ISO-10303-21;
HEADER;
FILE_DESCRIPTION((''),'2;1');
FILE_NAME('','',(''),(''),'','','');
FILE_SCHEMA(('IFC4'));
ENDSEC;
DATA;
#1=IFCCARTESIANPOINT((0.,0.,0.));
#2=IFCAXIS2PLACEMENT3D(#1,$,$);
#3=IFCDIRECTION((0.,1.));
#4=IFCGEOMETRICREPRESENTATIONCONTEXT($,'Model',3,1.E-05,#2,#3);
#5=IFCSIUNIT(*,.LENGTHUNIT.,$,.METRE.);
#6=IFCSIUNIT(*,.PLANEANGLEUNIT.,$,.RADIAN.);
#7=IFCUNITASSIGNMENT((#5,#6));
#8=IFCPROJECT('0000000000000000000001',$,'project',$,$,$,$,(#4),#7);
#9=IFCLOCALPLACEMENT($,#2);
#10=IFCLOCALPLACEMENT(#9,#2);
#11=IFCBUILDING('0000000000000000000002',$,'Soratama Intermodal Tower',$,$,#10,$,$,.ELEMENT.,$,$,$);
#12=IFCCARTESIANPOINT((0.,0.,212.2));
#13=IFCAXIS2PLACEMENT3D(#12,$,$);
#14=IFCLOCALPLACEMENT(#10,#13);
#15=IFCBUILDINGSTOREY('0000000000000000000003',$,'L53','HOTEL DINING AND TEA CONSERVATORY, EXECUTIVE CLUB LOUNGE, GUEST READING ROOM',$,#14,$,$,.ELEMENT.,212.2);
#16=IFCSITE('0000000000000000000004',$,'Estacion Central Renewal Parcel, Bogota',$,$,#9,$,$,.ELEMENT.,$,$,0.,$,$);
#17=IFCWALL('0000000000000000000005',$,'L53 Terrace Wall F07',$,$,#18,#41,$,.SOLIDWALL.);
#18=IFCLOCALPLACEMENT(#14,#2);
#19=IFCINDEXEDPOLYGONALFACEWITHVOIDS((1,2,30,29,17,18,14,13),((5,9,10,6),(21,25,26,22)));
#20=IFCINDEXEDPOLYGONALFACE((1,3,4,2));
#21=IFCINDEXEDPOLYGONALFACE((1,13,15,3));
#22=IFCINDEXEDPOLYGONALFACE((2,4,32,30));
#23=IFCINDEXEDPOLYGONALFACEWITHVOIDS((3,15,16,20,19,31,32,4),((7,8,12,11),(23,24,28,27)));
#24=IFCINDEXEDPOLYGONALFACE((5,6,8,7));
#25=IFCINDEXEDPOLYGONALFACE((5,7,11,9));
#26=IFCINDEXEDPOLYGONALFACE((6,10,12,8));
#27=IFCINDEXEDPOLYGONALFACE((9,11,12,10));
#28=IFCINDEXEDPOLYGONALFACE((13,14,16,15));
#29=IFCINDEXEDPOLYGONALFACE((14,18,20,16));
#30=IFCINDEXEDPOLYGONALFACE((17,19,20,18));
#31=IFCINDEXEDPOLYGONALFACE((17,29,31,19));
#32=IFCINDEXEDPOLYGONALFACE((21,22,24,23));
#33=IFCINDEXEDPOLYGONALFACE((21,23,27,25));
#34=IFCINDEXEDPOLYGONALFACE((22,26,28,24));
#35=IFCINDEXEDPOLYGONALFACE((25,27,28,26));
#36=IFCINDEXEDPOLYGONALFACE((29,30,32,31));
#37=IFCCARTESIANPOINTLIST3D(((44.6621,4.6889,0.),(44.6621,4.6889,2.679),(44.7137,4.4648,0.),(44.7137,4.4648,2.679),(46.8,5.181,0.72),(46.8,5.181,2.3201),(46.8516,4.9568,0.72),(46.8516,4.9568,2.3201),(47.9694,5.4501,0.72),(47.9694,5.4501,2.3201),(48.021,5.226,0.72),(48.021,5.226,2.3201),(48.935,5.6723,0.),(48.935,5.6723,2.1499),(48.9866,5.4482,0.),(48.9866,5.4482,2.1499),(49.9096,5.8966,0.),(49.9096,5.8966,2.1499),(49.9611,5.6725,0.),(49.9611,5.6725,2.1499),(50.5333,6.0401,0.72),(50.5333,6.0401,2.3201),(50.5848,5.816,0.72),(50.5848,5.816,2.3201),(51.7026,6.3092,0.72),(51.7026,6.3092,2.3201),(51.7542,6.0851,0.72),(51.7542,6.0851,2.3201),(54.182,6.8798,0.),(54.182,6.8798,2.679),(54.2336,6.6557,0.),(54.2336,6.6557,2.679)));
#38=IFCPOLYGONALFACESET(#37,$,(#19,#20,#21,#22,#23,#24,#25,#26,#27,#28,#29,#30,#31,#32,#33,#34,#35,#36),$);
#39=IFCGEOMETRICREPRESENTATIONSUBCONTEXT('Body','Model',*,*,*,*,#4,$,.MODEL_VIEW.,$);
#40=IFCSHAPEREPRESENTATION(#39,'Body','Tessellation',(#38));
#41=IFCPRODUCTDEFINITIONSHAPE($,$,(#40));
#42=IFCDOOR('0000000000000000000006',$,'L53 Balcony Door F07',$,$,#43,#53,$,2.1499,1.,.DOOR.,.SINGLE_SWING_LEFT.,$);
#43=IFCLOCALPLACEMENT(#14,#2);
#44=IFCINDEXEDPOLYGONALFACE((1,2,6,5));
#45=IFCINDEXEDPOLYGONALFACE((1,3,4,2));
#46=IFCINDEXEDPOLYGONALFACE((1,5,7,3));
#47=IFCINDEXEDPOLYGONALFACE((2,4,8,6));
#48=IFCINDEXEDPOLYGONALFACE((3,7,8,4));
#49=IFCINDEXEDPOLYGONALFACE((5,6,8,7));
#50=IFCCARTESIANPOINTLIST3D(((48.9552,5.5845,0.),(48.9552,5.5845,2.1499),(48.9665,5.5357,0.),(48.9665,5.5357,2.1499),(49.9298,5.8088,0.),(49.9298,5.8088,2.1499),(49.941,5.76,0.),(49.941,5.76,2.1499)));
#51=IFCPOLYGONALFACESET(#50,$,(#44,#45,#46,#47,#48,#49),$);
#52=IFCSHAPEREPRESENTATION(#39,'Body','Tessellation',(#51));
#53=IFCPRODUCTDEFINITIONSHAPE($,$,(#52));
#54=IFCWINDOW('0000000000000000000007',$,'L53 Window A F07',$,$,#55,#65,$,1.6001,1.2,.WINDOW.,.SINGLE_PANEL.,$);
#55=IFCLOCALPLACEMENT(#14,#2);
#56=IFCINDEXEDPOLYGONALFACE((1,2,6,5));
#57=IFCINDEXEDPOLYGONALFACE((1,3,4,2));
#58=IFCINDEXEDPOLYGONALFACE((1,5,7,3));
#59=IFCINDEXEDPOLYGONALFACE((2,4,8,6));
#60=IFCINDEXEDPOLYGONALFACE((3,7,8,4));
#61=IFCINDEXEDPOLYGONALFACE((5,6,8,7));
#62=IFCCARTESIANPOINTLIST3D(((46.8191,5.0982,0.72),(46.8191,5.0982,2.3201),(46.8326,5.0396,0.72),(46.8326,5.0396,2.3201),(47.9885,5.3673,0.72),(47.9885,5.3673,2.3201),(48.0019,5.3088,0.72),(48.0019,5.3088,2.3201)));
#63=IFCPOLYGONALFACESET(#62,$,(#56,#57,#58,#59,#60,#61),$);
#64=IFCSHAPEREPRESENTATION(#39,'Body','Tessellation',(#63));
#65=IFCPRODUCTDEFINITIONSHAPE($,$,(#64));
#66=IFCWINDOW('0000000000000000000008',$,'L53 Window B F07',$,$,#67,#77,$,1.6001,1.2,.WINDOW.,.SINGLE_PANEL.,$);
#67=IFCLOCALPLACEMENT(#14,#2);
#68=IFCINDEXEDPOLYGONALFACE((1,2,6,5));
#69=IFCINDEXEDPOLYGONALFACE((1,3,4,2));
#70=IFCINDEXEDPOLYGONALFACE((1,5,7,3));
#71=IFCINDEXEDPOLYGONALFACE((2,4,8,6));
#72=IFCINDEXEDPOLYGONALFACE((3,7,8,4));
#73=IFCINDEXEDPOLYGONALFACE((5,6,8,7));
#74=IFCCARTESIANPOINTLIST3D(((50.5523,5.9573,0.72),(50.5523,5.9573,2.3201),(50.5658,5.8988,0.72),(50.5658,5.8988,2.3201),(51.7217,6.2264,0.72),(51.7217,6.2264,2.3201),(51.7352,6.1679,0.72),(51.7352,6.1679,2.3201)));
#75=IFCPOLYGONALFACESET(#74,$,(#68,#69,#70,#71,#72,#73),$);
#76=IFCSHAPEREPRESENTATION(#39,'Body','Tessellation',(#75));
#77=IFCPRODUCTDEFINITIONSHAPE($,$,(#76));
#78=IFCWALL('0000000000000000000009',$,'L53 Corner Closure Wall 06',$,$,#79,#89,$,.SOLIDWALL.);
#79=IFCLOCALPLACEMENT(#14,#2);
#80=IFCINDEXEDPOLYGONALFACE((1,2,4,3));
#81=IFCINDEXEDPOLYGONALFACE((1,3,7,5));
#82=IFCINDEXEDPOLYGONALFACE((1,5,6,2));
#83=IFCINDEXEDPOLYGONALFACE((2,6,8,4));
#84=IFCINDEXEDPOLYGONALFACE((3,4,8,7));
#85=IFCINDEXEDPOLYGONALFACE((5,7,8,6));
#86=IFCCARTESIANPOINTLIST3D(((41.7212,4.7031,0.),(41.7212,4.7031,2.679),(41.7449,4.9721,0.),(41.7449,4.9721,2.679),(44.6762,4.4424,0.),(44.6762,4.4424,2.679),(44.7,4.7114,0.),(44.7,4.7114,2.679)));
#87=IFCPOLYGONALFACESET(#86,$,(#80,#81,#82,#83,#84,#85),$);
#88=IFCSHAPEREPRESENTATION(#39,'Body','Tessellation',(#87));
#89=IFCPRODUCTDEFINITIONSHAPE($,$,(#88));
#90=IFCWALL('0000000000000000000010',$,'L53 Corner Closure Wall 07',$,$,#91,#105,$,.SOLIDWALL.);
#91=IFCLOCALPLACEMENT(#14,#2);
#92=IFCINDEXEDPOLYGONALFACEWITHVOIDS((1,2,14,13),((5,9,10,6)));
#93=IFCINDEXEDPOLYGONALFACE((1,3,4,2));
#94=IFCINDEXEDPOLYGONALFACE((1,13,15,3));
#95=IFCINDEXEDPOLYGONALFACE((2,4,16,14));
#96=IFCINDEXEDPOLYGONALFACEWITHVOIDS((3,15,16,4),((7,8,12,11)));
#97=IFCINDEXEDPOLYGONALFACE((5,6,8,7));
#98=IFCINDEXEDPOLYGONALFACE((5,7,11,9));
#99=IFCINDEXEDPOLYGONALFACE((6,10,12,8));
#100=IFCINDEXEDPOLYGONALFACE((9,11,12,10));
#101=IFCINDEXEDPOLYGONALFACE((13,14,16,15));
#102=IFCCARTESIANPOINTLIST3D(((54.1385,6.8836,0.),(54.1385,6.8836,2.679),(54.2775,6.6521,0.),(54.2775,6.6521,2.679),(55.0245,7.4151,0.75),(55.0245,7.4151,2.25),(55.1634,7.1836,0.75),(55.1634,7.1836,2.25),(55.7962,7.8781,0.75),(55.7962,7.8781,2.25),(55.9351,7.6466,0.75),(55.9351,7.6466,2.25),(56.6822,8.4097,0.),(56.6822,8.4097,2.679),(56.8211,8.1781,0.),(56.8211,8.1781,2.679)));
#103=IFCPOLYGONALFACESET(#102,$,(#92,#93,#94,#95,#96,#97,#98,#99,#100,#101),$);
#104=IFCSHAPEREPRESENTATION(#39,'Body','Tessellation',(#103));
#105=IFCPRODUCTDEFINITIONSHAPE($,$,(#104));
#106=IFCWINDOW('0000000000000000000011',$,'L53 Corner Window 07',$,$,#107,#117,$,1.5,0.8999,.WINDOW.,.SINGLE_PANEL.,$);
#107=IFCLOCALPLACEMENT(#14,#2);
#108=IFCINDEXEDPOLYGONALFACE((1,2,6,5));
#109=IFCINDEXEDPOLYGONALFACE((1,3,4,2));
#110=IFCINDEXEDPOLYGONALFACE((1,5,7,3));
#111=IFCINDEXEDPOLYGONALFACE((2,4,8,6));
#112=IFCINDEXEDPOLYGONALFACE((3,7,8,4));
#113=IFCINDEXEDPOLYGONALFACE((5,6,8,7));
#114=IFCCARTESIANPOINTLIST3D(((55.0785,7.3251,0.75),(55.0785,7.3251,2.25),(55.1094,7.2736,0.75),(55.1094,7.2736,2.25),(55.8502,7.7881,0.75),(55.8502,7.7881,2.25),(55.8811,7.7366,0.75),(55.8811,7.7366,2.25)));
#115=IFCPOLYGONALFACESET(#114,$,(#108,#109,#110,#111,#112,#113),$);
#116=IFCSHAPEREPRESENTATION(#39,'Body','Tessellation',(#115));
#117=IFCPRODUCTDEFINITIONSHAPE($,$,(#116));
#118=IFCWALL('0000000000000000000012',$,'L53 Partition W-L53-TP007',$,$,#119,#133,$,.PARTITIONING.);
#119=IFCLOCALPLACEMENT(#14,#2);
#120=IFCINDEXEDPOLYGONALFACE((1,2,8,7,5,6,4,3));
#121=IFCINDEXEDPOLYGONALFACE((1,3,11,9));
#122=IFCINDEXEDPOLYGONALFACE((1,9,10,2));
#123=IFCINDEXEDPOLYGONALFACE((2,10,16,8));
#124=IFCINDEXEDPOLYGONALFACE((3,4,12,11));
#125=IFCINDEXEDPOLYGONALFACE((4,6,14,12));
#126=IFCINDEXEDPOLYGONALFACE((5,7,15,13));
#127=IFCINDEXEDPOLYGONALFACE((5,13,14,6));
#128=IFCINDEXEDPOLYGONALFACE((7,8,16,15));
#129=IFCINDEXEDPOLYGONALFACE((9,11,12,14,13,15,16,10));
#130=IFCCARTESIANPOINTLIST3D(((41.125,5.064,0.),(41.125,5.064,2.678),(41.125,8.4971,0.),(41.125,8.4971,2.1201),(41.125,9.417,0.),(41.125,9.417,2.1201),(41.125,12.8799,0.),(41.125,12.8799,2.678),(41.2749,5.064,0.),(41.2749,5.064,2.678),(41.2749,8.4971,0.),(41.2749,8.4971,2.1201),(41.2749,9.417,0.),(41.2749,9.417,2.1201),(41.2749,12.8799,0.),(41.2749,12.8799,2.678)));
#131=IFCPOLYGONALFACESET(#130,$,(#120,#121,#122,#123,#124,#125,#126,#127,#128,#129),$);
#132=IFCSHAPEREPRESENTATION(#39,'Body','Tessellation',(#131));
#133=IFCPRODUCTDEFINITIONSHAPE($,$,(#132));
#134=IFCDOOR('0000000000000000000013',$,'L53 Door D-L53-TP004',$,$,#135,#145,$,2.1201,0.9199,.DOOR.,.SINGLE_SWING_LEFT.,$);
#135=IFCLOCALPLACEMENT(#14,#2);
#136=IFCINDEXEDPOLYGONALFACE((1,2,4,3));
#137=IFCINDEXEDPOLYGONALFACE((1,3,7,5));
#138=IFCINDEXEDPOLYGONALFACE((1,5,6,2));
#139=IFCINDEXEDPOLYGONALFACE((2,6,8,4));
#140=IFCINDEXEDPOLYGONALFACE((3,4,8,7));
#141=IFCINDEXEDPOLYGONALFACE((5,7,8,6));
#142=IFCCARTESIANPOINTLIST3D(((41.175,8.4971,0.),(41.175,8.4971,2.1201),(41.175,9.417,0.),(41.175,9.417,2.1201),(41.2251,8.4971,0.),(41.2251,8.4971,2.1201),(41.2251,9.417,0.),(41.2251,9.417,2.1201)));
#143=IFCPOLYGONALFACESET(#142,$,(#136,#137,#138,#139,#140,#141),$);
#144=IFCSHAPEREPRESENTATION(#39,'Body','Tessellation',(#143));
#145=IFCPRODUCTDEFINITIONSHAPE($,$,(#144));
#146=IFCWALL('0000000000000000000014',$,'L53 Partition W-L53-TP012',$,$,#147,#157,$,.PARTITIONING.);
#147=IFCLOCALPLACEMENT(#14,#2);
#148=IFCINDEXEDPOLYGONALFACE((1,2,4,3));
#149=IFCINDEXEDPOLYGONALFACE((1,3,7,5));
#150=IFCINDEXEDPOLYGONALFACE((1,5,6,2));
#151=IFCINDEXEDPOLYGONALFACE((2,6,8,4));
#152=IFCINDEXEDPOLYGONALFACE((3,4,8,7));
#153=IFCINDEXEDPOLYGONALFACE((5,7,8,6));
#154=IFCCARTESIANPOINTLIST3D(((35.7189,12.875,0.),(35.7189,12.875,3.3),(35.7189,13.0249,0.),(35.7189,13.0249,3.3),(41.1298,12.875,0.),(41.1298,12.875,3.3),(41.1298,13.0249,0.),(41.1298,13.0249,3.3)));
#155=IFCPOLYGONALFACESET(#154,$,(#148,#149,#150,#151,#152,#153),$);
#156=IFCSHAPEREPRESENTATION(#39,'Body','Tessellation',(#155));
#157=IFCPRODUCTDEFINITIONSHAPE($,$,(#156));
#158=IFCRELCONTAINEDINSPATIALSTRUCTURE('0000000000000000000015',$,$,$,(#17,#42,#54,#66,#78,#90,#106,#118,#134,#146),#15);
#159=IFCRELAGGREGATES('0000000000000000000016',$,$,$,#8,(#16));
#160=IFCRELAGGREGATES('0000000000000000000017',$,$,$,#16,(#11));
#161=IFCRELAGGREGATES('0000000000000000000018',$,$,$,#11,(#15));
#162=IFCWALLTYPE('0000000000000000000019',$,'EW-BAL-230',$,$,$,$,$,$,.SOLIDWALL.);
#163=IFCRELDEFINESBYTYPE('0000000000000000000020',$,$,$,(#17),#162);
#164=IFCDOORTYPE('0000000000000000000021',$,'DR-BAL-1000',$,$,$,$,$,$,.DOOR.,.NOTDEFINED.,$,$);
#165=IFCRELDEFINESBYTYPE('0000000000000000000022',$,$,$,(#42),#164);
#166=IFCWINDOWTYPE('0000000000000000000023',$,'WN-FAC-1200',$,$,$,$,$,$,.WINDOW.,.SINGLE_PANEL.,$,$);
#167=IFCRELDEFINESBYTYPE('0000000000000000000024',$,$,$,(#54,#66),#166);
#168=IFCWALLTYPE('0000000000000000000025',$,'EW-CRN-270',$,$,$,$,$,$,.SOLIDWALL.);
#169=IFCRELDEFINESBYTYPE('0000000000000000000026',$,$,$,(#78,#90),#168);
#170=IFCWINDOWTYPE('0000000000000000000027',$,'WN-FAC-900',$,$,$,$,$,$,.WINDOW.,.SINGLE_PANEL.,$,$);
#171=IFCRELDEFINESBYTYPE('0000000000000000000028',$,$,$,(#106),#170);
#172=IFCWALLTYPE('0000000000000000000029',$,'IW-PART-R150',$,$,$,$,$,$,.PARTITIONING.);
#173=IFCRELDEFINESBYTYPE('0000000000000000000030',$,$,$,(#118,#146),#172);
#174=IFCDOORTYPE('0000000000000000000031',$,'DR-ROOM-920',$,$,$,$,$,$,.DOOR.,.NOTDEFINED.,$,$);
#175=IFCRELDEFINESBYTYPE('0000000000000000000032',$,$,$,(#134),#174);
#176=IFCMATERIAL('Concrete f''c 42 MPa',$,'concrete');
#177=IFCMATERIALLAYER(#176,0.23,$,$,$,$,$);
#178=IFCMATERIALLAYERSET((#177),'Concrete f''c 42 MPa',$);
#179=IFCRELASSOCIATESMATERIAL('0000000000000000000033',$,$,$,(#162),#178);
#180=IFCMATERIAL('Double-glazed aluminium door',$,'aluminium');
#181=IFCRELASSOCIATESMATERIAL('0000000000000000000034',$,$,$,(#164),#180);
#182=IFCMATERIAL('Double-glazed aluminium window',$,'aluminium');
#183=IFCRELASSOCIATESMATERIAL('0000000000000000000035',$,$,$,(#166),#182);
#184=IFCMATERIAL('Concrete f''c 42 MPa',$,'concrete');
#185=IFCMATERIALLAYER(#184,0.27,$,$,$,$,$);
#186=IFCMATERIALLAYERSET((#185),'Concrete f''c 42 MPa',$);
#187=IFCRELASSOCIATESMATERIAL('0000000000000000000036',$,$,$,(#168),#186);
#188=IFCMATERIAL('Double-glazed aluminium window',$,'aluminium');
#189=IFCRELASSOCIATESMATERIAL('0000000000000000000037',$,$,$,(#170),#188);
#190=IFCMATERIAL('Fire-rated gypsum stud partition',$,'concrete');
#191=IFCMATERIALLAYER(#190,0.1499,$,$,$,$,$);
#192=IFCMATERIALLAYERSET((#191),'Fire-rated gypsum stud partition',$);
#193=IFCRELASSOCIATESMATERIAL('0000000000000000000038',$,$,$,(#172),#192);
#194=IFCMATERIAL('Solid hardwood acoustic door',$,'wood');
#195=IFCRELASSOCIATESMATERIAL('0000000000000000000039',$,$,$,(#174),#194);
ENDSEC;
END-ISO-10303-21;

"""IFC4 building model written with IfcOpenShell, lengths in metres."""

from ifc_helpers import new_model, si_unit, direction, frame, frame_2d, origin, place, context, subcontext, project, spatial, rectangle, extrude, material, layer, layer_set, type_object, element, fill, save


model = new_model("IFC4")

# Units and contexts
model_context = context("Model", 3, precision=1e-05, world=origin(), true_north=direction((0.0, 1.0)))
body_context = subcontext(model_context, "Body", "Model", "MODEL_VIEW")
ifc_project = project(units=[si_unit("LENGTHUNIT", "METRE"), si_unit("PLANEANGLEUNIT", "RADIAN")], contexts=[model_context])

# Site, building, storey
site_placement = place(None, origin())
site = spatial("IfcSite", under=ifc_project, at=site_placement, Name="Estacion Central Renewal Parcel, Bogota", CompositionType="ELEMENT", RefElevation=0.0)
building_placement = place(site_placement, origin())
building = spatial("IfcBuilding", under=site, at=building_placement, Name="Soratama Intermodal Tower", CompositionType="ELEMENT")
storey_placement = place(building_placement, frame((0.0, 0.0, 212.2)))
storey = spatial("IfcBuildingStorey", under=building, at=storey_placement, Name="L53", Description="HOTEL DINING AND TEA CONSERVATORY, EXECUTIVE CLUB LOUNGE, GUEST READING ROOM", CompositionType="ELEMENT", Elevation=212.2)

# Wall, openings, door, windows
ifc_material_1 = material(Name="Concrete f'c 42 MPa", Category="concrete")
ifc_layer_1 = layer(ifc_material_1, 0.23)
ifc_layer_set_1 = layer_set([ifc_layer_1], Name="Concrete f'c 42 MPa")
wall_type_1 = type_object("IfcWallType", Name="EW-BAL-230", PredefinedType="SOLIDWALL", material=ifc_layer_set_1)
wall_1_placement = place(storey_placement, frame((44.688, 4.5769, 0.0), z_axis=(0.0, 0.0, 1.0), x_axis=(0.974526, 0.224275, 0.0)))
wall_1 = element("IfcWall", 1, at=wall_1_placement, inside=storey, type_object=wall_type_1, Name="L53 Terrace Wall F07", PredefinedType="SOLIDWALL", context=body_context, shape_type="SweptSolid", body=[
    extrude(rectangle(XDim=9.7688, YDim=0.23, at=frame_2d((4.8843, 0.0))), origin(), (0.0, 0.0, 1.0), 2.679),
])
opening_1_placement = place(wall_1_placement, frame((4.3845, 0.0, 0.0)))
opening_1 = element("IfcOpeningElement", 2, at=opening_1_placement, cuts=wall_1, PredefinedType="OPENING", context=body_context, shape_type="SweptSolid", body=[
    extrude(rectangle(XDim=1.0, YDim=2.1499, at=frame_2d((0.5, 1.075))), frame((0.0, 0.125, 0.0), z_axis=(0.0, -1.0, 0.0), x_axis=(1.0, 0.0, 0.0)), (0.0, 0.0, 1.0), 0.25),
])
opening_2_placement = place(wall_1_placement, frame((2.1936, 0.0, 0.72)))
opening_2 = element("IfcOpeningElement", 3, at=opening_2_placement, cuts=wall_1, PredefinedType="OPENING", context=body_context, shape_type="SweptSolid", body=[
    extrude(rectangle(XDim=1.2, YDim=1.6001, at=frame_2d((0.6001, 0.8))), frame((0.0, 0.125, 0.0), z_axis=(0.0, -1.0, 0.0), x_axis=(1.0, 0.0, 0.0)), (0.0, 0.0, 1.0), 0.25),
])
opening_3_placement = place(wall_1_placement, frame((6.0244, 0.0, 0.72)))
opening_3 = element("IfcOpeningElement", 4, at=opening_3_placement, cuts=wall_1, PredefinedType="OPENING", context=body_context, shape_type="SweptSolid", body=[
    extrude(rectangle(XDim=1.2, YDim=1.6001, at=frame_2d((0.6001, 0.8))), frame((0.0, 0.125, 0.0), z_axis=(0.0, -1.0, 0.0), x_axis=(1.0, 0.0, 0.0)), (0.0, 0.0, 1.0), 0.25),
])
ifc_material_2 = material(Name="Double-glazed aluminium door", Category="aluminium")
door_type_1 = type_object("IfcDoorType", Name="DR-BAL-1000", OperationType="NOTDEFINED", PredefinedType="DOOR", material=ifc_material_2)
door_1_placement = place(opening_1_placement, origin())
door_1 = element("IfcDoor", 5, at=door_1_placement, inside=storey, type_object=door_type_1, Name="L53 Balcony Door F07", OperationType="SINGLE_SWING_LEFT", OverallHeight=2.1499, OverallWidth=1.0, PredefinedType="DOOR", context=body_context, shape_type="SweptSolid", body=[
    extrude(rectangle(XDim=1.0, YDim=2.1499, at=frame_2d((0.5, 1.075))), frame((0.0, 0.0249, 0.0), z_axis=(0.0, -1.0, 0.0), x_axis=(1.0, 0.0, 0.0)), (0.0, 0.0, 1.0), 0.05),
])
fill(opening_1, door_1)
ifc_material_3 = material(Name="Double-glazed aluminium window", Category="aluminium")
window_type_1 = type_object("IfcWindowType", Name="WN-FAC-1200", PartitioningType="SINGLE_PANEL", PredefinedType="WINDOW", material=ifc_material_3)
window_1_placement = place(opening_2_placement, origin())
window_1 = element("IfcWindow", 6, at=window_1_placement, inside=storey, type_object=window_type_1, Name="L53 Window A F07", OverallHeight=1.6001, OverallWidth=1.2, PartitioningType="SINGLE_PANEL", PredefinedType="WINDOW", context=body_context, shape_type="SweptSolid", body=[
    extrude(rectangle(XDim=1.2, YDim=1.6001, at=frame_2d((0.6001, 0.8))), frame((0.0, 0.03, 0.0), z_axis=(0.0, -1.0, 0.0), x_axis=(1.0, 0.0, 0.0)), (0.0, 0.0, 1.0), 0.0601),
])
fill(opening_2, window_1)
window_2_placement = place(opening_3_placement, origin())
window_2 = element("IfcWindow", 7, at=window_2_placement, inside=storey, type_object=window_type_1, Name="L53 Window B F07", OverallHeight=1.6001, OverallWidth=1.2, PartitioningType="SINGLE_PANEL", PredefinedType="WINDOW", context=body_context, shape_type="SweptSolid", body=[
    extrude(rectangle(XDim=1.2, YDim=1.6001, at=frame_2d((0.6001, 0.8))), frame((0.0, 0.03, 0.0), z_axis=(0.0, -1.0, 0.0), x_axis=(1.0, 0.0, 0.0)), (0.0, 0.0, 1.0), 0.0601),
])
fill(opening_3, window_2)

# Wall
ifc_material_4 = material(Name="Concrete f'c 42 MPa", Category="concrete")
ifc_layer_2 = layer(ifc_material_4, 0.27)
ifc_layer_set_2 = layer_set([ifc_layer_2], Name="Concrete f'c 42 MPa")
wall_type_2 = type_object("IfcWallType", Name="EW-CRN-270", PredefinedType="SOLIDWALL", material=ifc_layer_set_2)
wall_2_placement = place(storey_placement, frame((41.7329, 4.8376, 0.0), z_axis=(0.0, 0.0, 1.0), x_axis=(0.99613, -0.087894, 0.0)))
element("IfcWall", 8, at=wall_2_placement, inside=storey, type_object=wall_type_2, Name="L53 Corner Closure Wall 06", PredefinedType="SOLIDWALL", context=body_context, shape_type="SweptSolid", body=[
    extrude(rectangle(XDim=2.9666, YDim=0.27, at=frame_2d((1.4834, 0.0))), origin(), (0.0, 0.0, 1.0), 2.679),
])

# Wall, opening, window
wall_3_placement = place(storey_placement, frame((54.208, 6.7678, 0.0), z_axis=(0.0, 0.0, 1.0), x_axis=(0.857507, 0.514472, 0.0)))
wall_3 = element("IfcWall", 9, at=wall_3_placement, inside=storey, type_object=wall_type_2, Name="L53 Corner Closure Wall 07", PredefinedType="SOLIDWALL", context=body_context, shape_type="SweptSolid", body=[
    extrude(rectangle(XDim=2.9663, YDim=0.27, at=frame_2d((1.4832, 0.0))), origin(), (0.0, 0.0, 1.0), 2.679),
])
opening_4_placement = place(wall_3_placement, frame((1.0332, 0.0, 0.75)))
opening_4 = element("IfcOpeningElement", 10, at=opening_4_placement, cuts=wall_3, PredefinedType="OPENING", context=body_context, shape_type="SweptSolid", body=[
    extrude(rectangle(XDim=0.8999, YDim=1.5, at=frame_2d((0.45, 0.75))), frame((0.0, 0.145, 0.0), z_axis=(0.0, -1.0, 0.0), x_axis=(1.0, 0.0, 0.0)), (0.0, 0.0, 1.0), 0.29),
])
ifc_material_5 = material(Name="Double-glazed aluminium window", Category="aluminium")
window_type_2 = type_object("IfcWindowType", Name="WN-FAC-900", PartitioningType="SINGLE_PANEL", PredefinedType="WINDOW", material=ifc_material_5)
window_3_placement = place(opening_4_placement, origin())
window_3 = element("IfcWindow", 11, at=window_3_placement, inside=storey, type_object=window_type_2, Name="L53 Corner Window 07", OverallHeight=1.5, OverallWidth=0.8999, PartitioningType="SINGLE_PANEL", PredefinedType="WINDOW", context=body_context, shape_type="SweptSolid", body=[
    extrude(rectangle(XDim=0.8999, YDim=1.5, at=frame_2d((0.45, 0.75))), frame((0.0, 0.03, 0.0), z_axis=(0.0, -1.0, 0.0), x_axis=(1.0, 0.0, 0.0)), (0.0, 0.0, 1.0), 0.0601),
])
fill(opening_4, window_3)

# Wall, opening, door
ifc_material_6 = material(Name="Fire-rated gypsum stud partition", Category="concrete")
ifc_layer_3 = layer(ifc_material_6, 0.1499)
ifc_layer_set_3 = layer_set([ifc_layer_3], Name="Fire-rated gypsum stud partition")
wall_type_3 = type_object("IfcWallType", Name="IW-PART-R150", PredefinedType="PARTITIONING", material=ifc_layer_set_3)
wall_4_placement = place(storey_placement, frame((41.2, 5.064, 0.0), z_axis=(0.0, 0.0, 1.0), x_axis=(0.0, 1.0, 0.0)))
wall_4 = element("IfcWall", 12, at=wall_4_placement, inside=storey, type_object=wall_type_3, Name="L53 Partition W-L53-TP007", PredefinedType="PARTITIONING", context=body_context, shape_type="SweptSolid", body=[
    extrude(rectangle(XDim=7.8159, YDim=0.1499, at=frame_2d((3.908, 0.0))), origin(), (0.0, 0.0, 1.0), 2.678),
])
opening_5_placement = place(wall_4_placement, frame((3.4331, 0.0, 0.0)))
opening_5 = element("IfcOpeningElement", 13, at=opening_5_placement, cuts=wall_4, PredefinedType="OPENING", context=body_context, shape_type="SweptSolid", body=[
    extrude(rectangle(XDim=0.9199, YDim=2.1201, at=frame_2d((0.46, 1.0601))), frame((0.0, 0.085, 0.0), z_axis=(0.0, -1.0, 0.0), x_axis=(1.0, 0.0, 0.0)), (0.0, 0.0, 1.0), 0.1699),
])
ifc_material_7 = material(Name="Solid hardwood acoustic door", Category="wood")
door_type_2 = type_object("IfcDoorType", Name="DR-ROOM-920", OperationType="NOTDEFINED", PredefinedType="DOOR", material=ifc_material_7)
door_2_placement = place(opening_5_placement, origin())
door_2 = element("IfcDoor", 14, at=door_2_placement, inside=storey, type_object=door_type_2, Name="L53 Door D-L53-TP004", OperationType="SINGLE_SWING_LEFT", OverallHeight=2.1201, OverallWidth=0.9199, PredefinedType="DOOR", context=body_context, shape_type="SweptSolid", body=[
    extrude(rectangle(XDim=0.9199, YDim=2.1201, at=frame_2d((0.46, 1.0601))), frame((0.0, 0.0249, 0.0), z_axis=(0.0, -1.0, 0.0), x_axis=(1.0, 0.0, 0.0)), (0.0, 0.0, 1.0), 0.05),
])
fill(opening_5, door_2)

# Wall
wall_5_placement = place(storey_placement, frame((41.1299, 12.95, 0.0), z_axis=(0.0, 0.0, 1.0), x_axis=(-1.0, 0.0, 0.0)))
element("IfcWall", 15, at=wall_5_placement, inside=storey, type_object=wall_type_3, Name="L53 Partition W-L53-TP012", PredefinedType="PARTITIONING", context=body_context, shape_type="SweptSolid", body=[
    extrude(rectangle(XDim=5.4109, YDim=0.1499, at=frame_2d((2.7056, 0.0))), origin(), (0.0, 0.0, 1.0), 3.3),
])

save(model, "model.ifc")
